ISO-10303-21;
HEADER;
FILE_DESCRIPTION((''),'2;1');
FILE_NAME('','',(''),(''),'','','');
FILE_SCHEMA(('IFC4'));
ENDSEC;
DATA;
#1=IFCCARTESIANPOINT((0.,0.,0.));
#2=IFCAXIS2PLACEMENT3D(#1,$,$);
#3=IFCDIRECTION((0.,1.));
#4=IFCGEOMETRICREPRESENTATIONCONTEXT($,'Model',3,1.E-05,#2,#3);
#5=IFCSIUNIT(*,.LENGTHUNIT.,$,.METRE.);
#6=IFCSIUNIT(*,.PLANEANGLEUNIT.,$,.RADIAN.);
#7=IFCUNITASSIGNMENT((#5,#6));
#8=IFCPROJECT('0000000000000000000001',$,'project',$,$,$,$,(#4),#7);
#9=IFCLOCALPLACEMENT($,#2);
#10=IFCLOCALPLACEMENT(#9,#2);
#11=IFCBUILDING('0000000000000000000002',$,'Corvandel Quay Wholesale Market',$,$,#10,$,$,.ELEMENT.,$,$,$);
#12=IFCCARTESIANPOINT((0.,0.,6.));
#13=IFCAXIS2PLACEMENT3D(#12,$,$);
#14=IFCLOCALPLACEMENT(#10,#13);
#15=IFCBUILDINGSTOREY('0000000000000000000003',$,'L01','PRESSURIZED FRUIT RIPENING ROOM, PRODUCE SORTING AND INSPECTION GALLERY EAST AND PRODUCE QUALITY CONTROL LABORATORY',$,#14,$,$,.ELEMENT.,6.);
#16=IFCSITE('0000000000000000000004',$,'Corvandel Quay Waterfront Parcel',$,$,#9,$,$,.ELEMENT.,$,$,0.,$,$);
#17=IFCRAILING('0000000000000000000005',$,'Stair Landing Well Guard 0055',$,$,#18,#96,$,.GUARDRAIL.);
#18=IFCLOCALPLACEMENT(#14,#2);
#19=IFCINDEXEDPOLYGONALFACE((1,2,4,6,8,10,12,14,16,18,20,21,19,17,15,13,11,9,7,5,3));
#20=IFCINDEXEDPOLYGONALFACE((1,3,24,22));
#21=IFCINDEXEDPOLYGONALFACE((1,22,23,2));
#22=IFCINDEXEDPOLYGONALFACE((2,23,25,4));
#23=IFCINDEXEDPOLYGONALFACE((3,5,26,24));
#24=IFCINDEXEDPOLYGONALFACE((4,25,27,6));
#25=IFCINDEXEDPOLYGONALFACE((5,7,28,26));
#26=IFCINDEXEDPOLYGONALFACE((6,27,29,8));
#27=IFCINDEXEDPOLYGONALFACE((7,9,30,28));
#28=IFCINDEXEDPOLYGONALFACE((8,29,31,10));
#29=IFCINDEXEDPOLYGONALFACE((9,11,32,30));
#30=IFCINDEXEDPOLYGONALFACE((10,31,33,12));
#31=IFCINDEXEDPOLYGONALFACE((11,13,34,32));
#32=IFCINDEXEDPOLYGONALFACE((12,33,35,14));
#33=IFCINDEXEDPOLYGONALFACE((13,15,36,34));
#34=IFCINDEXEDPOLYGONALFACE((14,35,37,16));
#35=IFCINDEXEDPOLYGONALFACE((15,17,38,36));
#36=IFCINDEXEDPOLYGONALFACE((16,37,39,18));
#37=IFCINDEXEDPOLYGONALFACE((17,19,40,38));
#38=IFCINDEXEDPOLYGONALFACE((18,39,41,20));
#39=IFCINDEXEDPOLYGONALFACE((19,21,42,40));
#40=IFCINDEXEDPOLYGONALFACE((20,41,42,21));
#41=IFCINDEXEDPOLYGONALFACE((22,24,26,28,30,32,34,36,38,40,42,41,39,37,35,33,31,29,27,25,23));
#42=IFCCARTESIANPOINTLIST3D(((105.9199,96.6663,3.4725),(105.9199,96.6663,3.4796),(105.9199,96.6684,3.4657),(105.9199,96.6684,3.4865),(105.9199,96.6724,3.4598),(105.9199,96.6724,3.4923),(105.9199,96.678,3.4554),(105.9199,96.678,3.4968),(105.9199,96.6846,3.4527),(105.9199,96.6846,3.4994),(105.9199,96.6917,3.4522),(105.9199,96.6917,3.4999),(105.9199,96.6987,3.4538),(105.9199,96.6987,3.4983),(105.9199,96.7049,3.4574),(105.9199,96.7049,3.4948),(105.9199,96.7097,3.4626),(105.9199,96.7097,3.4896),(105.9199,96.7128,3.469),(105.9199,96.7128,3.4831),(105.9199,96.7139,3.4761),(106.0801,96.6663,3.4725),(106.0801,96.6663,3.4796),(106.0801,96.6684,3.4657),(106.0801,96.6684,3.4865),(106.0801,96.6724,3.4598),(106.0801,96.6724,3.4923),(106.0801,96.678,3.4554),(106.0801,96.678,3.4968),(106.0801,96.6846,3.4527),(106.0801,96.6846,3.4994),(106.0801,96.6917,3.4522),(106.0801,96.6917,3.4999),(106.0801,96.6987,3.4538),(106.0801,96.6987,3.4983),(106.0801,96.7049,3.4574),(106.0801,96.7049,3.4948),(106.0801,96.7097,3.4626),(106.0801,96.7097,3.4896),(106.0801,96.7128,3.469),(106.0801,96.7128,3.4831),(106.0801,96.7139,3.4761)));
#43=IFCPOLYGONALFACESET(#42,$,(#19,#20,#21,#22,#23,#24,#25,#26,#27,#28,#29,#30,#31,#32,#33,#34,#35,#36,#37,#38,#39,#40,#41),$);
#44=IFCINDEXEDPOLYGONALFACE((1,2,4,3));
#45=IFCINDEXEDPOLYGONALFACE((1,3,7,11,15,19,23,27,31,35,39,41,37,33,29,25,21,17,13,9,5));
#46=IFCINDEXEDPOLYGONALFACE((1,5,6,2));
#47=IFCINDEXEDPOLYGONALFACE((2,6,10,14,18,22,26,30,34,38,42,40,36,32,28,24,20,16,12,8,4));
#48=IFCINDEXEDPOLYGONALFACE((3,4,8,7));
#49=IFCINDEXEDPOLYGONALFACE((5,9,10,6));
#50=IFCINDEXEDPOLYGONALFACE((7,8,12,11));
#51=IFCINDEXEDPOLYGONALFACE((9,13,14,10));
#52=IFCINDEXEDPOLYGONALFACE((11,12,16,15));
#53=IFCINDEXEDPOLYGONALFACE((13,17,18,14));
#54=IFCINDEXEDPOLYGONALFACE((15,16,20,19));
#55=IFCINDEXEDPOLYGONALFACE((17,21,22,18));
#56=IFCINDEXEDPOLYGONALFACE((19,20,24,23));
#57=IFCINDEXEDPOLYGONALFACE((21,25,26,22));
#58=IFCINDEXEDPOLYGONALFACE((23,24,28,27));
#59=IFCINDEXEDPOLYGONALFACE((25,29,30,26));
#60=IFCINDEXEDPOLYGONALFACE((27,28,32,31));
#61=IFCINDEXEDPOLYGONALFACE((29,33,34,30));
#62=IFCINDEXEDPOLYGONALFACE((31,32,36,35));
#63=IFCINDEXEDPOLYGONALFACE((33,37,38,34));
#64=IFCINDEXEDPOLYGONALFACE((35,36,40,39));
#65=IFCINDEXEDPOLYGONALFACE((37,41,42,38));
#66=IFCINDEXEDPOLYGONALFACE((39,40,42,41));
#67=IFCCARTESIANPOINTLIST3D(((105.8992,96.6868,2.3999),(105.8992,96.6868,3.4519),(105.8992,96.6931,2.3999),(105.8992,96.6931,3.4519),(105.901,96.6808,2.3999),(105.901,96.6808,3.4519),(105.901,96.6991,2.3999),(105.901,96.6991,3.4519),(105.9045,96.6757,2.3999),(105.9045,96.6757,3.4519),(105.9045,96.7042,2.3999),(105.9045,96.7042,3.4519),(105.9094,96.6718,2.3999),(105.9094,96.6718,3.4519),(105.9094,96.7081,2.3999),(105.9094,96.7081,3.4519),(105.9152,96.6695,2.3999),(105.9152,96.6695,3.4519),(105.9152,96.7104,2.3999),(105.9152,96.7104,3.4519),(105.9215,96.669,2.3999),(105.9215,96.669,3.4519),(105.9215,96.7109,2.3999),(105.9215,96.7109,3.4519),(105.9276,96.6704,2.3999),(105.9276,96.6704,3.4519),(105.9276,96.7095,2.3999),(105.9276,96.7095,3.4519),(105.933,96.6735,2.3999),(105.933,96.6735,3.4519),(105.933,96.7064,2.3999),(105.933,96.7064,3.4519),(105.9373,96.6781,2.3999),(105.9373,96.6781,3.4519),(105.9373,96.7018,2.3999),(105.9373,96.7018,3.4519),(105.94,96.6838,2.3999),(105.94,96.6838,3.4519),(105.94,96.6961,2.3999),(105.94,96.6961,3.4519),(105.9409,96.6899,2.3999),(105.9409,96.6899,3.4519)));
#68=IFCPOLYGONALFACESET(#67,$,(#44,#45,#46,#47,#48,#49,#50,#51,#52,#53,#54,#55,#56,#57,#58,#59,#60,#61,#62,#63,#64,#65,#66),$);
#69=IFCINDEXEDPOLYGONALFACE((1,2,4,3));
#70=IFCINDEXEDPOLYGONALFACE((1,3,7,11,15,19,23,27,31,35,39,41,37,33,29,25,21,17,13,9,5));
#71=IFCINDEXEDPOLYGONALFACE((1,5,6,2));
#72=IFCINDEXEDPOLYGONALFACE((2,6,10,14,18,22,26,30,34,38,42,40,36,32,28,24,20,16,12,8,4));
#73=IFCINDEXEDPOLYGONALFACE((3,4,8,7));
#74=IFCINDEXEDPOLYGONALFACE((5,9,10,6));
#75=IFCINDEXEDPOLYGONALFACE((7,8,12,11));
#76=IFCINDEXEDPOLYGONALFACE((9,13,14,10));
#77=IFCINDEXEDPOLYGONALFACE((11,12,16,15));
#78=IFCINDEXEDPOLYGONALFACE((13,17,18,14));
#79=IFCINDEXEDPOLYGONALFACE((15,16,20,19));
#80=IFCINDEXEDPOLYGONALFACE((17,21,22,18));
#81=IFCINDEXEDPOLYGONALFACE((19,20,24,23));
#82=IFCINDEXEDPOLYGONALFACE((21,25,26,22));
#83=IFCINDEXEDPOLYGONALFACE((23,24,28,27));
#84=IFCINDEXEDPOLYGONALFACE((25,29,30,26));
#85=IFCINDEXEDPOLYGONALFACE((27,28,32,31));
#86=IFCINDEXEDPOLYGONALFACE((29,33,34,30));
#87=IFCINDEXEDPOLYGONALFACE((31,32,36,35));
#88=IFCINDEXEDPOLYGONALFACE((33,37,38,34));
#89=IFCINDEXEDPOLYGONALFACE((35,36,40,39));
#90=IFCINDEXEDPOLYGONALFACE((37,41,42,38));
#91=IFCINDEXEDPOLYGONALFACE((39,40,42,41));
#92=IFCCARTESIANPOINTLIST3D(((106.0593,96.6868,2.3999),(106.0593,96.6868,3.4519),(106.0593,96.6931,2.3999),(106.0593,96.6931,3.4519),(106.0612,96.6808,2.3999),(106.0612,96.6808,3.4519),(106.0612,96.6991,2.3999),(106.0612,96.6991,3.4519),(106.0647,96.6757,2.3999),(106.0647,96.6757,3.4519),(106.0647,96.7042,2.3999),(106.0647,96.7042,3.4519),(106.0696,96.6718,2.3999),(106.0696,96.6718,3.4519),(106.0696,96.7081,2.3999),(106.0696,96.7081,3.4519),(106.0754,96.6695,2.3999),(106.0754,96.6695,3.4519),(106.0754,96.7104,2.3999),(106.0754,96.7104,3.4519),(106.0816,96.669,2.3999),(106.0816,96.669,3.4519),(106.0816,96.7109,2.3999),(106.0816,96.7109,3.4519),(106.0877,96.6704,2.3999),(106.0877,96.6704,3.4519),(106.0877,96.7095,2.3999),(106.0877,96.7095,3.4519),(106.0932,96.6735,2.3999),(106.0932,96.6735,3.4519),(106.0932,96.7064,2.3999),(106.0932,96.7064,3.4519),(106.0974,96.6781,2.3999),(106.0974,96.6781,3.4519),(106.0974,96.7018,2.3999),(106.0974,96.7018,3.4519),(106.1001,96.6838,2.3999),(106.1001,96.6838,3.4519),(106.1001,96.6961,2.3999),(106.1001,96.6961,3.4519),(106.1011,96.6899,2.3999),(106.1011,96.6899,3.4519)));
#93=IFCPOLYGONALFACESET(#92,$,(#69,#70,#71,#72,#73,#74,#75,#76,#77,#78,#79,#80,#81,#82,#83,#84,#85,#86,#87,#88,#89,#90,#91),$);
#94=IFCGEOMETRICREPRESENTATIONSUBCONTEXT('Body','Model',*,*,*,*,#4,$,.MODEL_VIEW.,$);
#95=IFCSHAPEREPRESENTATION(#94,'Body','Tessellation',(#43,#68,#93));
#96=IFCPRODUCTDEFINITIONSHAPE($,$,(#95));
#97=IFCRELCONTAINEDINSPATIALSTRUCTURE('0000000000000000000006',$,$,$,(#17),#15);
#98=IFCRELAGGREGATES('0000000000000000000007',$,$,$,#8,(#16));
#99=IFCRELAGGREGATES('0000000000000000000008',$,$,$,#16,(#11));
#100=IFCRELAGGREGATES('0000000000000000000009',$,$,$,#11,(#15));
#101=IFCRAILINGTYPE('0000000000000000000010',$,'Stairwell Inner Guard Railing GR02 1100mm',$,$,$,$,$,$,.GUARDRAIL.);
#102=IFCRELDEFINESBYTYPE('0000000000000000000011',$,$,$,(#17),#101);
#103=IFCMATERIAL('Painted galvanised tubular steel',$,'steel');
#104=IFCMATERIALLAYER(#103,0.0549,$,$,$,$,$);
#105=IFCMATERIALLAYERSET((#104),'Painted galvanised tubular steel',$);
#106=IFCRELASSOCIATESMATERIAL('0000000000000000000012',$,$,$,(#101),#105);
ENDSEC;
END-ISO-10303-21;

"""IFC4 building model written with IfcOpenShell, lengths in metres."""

from ifc_helpers import new_model, si_unit, direction, frame, origin, origin_2d, place, context, subcontext, project, spatial, circle, extrude, material, layer, layer_set, type_object, element, save


model = new_model("IFC4")

# Units and contexts
model_context = context("Model", 3, precision=1e-05, world=origin(), true_north=direction((0.0, 1.0)))
body_context = subcontext(model_context, "Body", "Model", "MODEL_VIEW")
ifc_project = project(units=[si_unit("LENGTHUNIT", "METRE"), si_unit("PLANEANGLEUNIT", "RADIAN")], contexts=[model_context])

# Site, building, storey
site_placement = place(None, origin())
site = spatial("IfcSite", under=ifc_project, at=site_placement, Name="Corvandel Quay Waterfront Parcel", CompositionType="ELEMENT", RefElevation=0.0)
building_placement = place(site_placement, origin())
building = spatial("IfcBuilding", under=site, at=building_placement, Name="Corvandel Quay Wholesale Market", CompositionType="ELEMENT")
storey_placement = place(building_placement, frame((0.0, 0.0, 6.0)))
storey = spatial("IfcBuildingStorey", under=building, at=storey_placement, Name="L01", Description="PRESSURIZED FRUIT RIPENING ROOM, PRODUCE SORTING AND INSPECTION GALLERY EAST AND PRODUCE QUALITY CONTROL LABORATORY", CompositionType="ELEMENT", Elevation=6.0)

# Railing
ifc_material_1 = material(Name="Painted galvanised tubular steel", Category="steel")
ifc_layer_1 = layer(ifc_material_1, 0.0549)
ifc_layer_set_1 = layer_set([ifc_layer_1], Name="Painted galvanised tubular steel")
railing_type_1 = type_object("IfcRailingType", Name="Stairwell Inner Guard Railing GR02 1100mm", PredefinedType="GUARDRAIL", material=ifc_layer_set_1)
railing_placement = place(storey_placement, frame((105.9199, 96.6899, 2.3999)))
element("IfcRailing", 1, at=railing_placement, inside=storey, type_object=railing_type_1, Name="Stair Landing Well Guard 0055", PredefinedType="GUARDRAIL", context=body_context, shape_type="SweptSolid", body=[
    extrude(circle(Radius=0.0239, at=origin_2d()), frame((0.0, 0.0, 1.0762), z_axis=(1.0, 0.0, 0.0), x_axis=(0.0, 1.0, 0.0)), (0.0, 0.0, 1.0), 0.1602),
    extrude(circle(Radius=0.021, at=origin_2d()), origin(), (0.0, 0.0, 1.0), 1.052),
    extrude(circle(Radius=0.021, at=origin_2d()), frame((0.1602, 0.0, 0.0)), (0.0, 0.0, 1.0), 1.052),
])

save(model, "model.ifc")
